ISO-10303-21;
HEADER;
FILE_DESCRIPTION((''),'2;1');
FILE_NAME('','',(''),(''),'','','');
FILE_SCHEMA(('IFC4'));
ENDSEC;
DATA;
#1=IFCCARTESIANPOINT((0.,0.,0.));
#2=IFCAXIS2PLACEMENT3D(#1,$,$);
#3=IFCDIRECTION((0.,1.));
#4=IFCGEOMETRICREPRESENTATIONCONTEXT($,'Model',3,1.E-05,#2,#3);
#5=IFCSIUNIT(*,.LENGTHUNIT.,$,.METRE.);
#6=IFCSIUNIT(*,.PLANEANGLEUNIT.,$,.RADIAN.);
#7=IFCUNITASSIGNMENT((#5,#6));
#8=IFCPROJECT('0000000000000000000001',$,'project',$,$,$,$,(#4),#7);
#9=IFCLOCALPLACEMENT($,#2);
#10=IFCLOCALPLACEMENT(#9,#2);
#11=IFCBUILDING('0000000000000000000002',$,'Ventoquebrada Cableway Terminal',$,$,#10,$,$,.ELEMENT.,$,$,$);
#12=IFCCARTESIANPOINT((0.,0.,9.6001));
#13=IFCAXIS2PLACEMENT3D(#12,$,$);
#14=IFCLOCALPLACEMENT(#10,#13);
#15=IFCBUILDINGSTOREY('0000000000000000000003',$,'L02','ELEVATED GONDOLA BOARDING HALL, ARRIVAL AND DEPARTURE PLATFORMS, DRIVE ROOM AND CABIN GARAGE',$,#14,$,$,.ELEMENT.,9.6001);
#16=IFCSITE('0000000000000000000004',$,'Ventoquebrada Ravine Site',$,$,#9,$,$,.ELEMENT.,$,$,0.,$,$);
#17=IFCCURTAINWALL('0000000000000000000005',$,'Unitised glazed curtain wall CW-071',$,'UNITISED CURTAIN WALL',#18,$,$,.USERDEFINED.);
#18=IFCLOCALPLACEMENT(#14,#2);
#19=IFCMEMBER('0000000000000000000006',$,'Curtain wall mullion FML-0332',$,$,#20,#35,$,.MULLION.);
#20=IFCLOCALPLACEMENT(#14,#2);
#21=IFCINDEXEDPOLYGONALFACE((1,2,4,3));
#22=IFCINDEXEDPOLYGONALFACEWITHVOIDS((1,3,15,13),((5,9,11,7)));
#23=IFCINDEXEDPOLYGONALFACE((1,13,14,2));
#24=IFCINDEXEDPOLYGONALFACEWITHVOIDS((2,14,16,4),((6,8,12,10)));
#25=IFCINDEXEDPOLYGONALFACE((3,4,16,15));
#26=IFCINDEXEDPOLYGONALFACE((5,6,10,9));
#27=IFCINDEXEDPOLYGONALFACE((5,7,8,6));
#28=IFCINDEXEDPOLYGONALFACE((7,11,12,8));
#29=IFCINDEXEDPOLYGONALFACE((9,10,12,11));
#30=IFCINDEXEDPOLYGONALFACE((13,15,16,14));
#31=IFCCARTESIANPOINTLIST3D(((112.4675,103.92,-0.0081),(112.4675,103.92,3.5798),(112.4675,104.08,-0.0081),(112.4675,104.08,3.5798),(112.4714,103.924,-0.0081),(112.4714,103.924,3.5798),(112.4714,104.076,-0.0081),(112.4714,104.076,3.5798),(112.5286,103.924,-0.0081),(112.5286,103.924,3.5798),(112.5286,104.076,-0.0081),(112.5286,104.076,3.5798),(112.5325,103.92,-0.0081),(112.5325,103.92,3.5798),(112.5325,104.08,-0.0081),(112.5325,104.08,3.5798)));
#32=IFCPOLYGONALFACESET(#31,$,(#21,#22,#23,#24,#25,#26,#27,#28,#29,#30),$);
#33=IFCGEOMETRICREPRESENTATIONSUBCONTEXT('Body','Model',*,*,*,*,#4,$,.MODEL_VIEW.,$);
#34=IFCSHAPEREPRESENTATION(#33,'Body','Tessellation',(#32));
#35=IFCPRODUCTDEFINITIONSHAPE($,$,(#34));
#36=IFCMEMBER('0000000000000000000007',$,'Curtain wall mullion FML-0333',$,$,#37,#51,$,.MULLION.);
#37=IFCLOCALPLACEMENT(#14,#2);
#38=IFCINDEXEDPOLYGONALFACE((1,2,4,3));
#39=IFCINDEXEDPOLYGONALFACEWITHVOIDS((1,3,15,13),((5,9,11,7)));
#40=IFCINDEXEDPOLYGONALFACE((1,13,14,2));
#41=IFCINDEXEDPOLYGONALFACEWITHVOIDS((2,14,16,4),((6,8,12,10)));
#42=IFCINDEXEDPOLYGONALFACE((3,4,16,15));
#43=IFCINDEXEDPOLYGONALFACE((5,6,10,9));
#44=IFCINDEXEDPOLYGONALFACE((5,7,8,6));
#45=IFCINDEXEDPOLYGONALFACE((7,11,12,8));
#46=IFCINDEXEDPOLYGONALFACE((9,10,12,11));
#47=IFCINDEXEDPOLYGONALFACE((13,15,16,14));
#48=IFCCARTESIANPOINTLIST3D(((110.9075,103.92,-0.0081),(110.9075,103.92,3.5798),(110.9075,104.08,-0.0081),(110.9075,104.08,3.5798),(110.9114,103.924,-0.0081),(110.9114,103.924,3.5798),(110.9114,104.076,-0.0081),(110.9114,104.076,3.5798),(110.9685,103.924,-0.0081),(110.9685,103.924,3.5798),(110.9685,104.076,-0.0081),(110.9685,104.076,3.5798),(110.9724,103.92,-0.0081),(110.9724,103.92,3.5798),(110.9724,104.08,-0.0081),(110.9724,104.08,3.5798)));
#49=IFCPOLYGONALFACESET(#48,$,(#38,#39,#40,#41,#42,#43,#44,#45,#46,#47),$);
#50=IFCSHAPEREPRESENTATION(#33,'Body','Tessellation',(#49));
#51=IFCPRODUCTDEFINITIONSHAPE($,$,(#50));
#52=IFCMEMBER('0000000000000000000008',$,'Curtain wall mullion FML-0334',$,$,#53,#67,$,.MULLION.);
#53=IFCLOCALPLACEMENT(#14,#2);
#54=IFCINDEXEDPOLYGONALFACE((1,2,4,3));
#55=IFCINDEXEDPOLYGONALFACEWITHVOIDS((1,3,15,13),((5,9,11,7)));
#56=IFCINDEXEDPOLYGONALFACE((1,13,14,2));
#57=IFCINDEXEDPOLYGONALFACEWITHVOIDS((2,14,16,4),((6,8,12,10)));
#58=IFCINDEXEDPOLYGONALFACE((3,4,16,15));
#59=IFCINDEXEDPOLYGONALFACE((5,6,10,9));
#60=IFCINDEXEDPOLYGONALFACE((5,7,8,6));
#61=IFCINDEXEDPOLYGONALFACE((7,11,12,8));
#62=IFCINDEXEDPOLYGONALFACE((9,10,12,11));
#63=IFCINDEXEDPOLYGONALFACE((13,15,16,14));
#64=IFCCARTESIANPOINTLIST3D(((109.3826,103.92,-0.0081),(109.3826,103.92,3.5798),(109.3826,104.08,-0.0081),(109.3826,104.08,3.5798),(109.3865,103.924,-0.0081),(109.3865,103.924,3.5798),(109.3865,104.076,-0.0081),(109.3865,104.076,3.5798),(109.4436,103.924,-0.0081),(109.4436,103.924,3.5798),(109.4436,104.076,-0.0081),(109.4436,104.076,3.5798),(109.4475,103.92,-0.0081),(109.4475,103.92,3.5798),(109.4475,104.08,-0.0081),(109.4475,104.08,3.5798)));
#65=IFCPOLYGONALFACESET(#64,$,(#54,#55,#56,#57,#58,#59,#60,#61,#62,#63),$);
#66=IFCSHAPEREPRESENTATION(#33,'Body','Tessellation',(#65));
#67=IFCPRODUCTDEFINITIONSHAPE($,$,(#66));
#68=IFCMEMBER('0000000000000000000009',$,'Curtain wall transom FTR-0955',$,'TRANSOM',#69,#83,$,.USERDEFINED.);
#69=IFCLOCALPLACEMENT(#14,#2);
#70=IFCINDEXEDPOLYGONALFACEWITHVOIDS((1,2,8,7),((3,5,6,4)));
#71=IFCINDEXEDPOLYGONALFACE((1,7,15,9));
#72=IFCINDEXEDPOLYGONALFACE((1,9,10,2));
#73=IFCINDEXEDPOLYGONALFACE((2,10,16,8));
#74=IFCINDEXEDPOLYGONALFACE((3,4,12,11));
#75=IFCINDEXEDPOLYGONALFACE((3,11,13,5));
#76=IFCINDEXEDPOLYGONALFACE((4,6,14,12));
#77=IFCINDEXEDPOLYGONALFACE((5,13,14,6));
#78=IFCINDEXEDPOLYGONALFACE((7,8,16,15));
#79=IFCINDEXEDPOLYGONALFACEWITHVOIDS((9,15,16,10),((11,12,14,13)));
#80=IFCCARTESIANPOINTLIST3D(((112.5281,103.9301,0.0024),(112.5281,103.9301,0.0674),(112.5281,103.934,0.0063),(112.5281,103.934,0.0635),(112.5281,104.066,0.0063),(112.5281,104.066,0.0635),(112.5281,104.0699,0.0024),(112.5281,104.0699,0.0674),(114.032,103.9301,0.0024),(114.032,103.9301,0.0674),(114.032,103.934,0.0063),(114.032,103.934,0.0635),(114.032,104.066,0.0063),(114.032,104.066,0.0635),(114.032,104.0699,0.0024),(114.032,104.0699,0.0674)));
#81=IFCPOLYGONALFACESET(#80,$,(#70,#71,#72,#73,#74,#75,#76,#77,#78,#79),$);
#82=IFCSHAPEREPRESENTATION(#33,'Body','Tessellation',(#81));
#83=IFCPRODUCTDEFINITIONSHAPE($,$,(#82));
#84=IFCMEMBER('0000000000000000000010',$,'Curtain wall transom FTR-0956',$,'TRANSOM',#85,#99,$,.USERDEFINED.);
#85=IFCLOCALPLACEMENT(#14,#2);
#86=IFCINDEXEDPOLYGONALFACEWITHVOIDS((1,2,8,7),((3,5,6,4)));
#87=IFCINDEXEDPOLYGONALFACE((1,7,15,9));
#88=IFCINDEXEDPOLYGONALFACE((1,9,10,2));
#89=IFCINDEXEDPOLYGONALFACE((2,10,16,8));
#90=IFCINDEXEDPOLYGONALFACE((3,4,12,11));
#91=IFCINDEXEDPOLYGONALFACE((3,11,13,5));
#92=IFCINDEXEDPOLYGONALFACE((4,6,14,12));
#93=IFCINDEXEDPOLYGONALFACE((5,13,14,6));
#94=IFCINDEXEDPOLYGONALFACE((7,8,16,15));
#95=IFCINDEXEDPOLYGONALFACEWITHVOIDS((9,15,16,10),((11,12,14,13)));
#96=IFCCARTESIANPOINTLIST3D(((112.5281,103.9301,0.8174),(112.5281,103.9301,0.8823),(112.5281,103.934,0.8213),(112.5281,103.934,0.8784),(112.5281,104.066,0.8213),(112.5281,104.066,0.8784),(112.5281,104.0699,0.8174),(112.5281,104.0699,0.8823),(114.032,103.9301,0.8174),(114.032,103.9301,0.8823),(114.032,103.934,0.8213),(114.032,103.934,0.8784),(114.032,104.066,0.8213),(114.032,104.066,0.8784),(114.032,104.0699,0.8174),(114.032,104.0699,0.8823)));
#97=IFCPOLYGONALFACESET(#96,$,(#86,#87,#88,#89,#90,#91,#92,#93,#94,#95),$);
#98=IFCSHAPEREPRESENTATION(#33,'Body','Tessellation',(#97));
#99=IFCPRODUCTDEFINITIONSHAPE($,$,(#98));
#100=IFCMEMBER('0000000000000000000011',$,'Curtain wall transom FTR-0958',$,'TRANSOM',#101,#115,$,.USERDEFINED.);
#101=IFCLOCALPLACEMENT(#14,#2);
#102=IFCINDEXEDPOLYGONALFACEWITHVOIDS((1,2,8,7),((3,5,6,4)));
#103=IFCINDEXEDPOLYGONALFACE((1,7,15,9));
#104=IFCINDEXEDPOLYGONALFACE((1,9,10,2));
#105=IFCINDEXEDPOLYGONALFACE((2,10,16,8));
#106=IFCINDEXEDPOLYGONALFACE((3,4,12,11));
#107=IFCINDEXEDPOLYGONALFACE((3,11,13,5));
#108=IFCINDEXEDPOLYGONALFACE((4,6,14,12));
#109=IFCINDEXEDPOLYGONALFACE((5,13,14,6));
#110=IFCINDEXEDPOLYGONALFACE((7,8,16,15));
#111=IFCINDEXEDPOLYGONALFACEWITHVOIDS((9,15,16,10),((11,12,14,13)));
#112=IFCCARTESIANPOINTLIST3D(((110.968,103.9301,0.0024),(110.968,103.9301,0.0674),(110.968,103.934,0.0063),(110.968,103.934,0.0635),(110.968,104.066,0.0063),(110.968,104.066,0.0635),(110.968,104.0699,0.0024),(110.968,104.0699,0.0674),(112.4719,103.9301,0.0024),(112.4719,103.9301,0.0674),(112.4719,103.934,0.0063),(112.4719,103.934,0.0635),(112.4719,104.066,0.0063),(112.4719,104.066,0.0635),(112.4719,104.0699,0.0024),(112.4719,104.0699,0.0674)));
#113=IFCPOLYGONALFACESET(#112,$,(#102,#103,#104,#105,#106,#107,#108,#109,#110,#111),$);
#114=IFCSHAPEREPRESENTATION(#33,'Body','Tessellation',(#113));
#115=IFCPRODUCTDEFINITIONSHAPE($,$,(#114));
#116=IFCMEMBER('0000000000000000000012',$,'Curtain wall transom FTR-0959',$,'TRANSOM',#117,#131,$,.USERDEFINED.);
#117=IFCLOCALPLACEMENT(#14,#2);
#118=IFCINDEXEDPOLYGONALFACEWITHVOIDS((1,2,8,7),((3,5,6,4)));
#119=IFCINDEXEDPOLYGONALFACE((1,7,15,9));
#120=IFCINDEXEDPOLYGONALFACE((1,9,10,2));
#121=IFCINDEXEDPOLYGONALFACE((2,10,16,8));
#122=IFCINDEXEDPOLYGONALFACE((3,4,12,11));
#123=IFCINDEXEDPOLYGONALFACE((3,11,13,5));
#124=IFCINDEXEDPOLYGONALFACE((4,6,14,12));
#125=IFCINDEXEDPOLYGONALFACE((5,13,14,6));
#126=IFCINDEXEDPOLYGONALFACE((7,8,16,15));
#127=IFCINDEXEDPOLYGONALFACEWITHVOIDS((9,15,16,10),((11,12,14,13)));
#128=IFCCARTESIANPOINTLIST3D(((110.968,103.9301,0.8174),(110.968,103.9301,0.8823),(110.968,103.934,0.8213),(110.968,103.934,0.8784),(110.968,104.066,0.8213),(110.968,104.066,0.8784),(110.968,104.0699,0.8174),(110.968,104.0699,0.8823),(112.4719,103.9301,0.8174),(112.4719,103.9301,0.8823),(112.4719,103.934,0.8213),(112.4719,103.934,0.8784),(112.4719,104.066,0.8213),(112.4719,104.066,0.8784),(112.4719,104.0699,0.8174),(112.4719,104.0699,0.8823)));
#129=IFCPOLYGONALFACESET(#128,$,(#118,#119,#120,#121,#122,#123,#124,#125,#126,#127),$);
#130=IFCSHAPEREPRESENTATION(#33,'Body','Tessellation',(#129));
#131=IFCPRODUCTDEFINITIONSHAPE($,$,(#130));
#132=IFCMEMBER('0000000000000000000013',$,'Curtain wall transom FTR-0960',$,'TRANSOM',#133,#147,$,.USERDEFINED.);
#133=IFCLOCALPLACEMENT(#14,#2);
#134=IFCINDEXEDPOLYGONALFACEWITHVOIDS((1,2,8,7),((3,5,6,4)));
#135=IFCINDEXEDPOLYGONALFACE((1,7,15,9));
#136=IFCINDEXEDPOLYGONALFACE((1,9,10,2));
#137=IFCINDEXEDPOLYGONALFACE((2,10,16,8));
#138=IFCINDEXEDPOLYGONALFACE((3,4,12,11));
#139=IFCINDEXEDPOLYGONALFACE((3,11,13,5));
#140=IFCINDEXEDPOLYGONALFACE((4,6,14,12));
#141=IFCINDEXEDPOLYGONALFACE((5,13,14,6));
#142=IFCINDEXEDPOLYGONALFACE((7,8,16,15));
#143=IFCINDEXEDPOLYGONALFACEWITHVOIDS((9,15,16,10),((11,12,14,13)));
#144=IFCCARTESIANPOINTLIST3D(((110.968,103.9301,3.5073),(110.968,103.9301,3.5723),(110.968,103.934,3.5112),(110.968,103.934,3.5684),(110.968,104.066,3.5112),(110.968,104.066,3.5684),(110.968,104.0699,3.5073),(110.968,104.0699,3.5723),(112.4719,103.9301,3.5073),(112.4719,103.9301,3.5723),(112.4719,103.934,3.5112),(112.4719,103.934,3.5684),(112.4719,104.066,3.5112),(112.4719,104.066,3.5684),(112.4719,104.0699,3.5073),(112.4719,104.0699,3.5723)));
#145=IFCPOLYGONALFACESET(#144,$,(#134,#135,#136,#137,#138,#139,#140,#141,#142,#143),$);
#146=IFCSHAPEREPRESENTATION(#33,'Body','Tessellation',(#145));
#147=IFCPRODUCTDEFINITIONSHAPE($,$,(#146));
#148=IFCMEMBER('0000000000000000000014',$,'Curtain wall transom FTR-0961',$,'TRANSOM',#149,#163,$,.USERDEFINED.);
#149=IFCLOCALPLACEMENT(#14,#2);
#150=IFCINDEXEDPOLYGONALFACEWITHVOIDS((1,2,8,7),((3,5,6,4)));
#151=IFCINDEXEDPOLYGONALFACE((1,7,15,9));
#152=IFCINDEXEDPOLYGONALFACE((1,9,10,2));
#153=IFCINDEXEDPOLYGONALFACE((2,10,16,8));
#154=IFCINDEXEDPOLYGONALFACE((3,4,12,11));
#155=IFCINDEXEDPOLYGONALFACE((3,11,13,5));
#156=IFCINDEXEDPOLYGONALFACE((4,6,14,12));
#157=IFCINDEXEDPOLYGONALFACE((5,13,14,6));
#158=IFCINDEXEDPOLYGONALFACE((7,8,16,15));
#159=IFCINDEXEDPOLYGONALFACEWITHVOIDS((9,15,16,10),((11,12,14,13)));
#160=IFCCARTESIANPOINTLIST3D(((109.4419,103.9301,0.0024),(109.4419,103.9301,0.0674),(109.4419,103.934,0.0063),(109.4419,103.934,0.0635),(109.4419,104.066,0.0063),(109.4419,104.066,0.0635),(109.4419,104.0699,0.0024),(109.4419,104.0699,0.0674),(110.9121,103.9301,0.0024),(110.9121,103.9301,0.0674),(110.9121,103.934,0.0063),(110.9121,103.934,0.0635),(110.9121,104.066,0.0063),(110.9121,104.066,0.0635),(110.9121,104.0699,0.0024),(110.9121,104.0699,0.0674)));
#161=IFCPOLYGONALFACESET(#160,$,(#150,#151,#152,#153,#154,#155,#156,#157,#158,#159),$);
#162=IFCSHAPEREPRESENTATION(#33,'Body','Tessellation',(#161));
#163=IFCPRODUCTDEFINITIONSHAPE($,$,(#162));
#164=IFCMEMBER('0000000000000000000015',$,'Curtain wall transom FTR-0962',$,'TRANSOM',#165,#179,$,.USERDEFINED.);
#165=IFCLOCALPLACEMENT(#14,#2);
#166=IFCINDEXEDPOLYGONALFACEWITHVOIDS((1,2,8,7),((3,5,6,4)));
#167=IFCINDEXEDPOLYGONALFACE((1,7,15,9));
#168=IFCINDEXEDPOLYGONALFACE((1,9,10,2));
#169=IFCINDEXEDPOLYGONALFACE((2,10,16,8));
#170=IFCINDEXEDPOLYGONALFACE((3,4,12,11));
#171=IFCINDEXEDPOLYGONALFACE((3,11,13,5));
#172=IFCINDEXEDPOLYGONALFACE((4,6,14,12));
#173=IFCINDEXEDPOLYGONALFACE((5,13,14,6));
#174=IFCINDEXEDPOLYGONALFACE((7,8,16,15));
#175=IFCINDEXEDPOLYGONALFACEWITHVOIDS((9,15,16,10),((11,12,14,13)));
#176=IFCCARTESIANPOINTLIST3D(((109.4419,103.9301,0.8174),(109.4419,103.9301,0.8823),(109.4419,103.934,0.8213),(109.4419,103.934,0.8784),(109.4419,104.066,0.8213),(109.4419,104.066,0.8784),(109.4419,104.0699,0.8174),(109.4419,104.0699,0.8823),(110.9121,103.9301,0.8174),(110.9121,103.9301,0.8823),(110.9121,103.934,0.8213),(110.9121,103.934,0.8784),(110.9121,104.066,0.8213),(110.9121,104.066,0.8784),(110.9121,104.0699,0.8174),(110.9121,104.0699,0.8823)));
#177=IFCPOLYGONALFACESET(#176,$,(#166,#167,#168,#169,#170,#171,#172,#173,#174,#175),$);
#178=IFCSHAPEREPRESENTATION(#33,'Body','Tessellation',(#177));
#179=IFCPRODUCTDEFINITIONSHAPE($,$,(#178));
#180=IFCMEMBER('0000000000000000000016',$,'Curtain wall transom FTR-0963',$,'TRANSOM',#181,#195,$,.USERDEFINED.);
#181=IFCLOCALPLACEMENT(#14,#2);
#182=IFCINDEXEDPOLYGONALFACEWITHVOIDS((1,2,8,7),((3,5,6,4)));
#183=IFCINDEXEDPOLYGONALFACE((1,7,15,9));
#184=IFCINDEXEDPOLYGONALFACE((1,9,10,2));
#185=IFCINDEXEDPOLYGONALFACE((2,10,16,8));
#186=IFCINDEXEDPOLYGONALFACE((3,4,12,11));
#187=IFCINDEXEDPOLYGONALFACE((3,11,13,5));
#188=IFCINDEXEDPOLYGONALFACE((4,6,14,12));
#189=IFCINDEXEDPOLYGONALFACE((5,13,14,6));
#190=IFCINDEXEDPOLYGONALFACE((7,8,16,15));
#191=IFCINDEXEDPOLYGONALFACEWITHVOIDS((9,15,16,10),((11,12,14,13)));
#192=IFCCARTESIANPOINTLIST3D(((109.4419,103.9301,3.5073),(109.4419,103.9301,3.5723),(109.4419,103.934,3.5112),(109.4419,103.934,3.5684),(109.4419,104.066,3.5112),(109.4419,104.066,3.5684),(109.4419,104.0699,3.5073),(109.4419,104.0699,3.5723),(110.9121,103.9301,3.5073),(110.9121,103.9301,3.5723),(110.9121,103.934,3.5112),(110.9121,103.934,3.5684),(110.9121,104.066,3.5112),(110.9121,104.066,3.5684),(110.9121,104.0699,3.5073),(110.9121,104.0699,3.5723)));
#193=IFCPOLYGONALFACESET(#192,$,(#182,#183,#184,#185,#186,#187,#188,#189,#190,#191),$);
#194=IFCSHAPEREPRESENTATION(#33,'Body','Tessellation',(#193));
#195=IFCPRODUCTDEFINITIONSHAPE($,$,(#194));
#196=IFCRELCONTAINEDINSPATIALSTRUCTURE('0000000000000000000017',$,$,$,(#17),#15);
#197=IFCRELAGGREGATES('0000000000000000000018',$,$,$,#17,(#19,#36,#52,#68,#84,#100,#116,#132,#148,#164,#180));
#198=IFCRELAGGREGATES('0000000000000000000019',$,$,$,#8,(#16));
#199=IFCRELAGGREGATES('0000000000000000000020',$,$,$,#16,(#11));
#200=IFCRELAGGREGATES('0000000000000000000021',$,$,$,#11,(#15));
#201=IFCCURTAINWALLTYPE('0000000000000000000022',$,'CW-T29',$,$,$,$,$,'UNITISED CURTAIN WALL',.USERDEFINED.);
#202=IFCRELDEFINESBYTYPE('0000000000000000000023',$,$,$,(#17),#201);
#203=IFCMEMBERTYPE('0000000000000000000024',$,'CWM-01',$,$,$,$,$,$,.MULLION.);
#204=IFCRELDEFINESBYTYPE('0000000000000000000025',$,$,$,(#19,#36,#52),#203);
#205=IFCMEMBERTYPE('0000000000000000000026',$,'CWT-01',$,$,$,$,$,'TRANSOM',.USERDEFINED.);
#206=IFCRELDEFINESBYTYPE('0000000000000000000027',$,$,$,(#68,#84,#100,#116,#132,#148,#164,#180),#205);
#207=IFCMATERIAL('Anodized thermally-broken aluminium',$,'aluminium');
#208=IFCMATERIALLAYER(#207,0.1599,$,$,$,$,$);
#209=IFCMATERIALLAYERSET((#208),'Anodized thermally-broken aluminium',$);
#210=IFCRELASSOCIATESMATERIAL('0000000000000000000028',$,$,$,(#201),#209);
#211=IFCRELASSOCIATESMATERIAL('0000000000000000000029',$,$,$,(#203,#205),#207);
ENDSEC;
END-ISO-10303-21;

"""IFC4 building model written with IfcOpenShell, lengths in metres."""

from ifc_helpers import new_model, si_unit, direction, frame, origin, origin_2d, place, context, subcontext, project, spatial, hollow_rectangle, extrude, material, layer, layer_set, material_profile, profile_set, type_object, element, aggregate, save


model = new_model("IFC4")

# Units and contexts
model_context = context("Model", 3, precision=1e-05, world=origin(), true_north=direction((0.0, 1.0)))
body_context = subcontext(model_context, "Body", "Model", "MODEL_VIEW")
ifc_project = project(units=[si_unit("LENGTHUNIT", "METRE"), si_unit("PLANEANGLEUNIT", "RADIAN")], contexts=[model_context])

# Site, building, storey
site_placement = place(None, origin())
site = spatial("IfcSite", under=ifc_project, at=site_placement, Name="Ventoquebrada Ravine Site", CompositionType="ELEMENT", RefElevation=0.0)
building_placement = place(site_placement, origin())
building = spatial("IfcBuilding", under=site, at=building_placement, Name="Ventoquebrada Cableway Terminal", CompositionType="ELEMENT")
storey_placement = place(building_placement, frame((0.0, 0.0, 9.6001)))
storey = spatial("IfcBuildingStorey", under=building, at=storey_placement, Name="L02", Description="ELEVATED GONDOLA BOARDING HALL, ARRIVAL AND DEPARTURE PLATFORMS, DRIVE ROOM AND CABIN GARAGE", CompositionType="ELEMENT", Elevation=9.6001)

# Curtain wall, members
ifc_material_1 = material(Name="Anodized thermally-broken aluminium", Category="aluminium")
ifc_layer_1 = layer(ifc_material_1, 0.1599)
ifc_layer_set_1 = layer_set([ifc_layer_1], Name="Anodized thermally-broken aluminium")
curtain_wall_type = type_object("IfcCurtainWallType", Name="CW-T29", ElementType="UNITISED CURTAIN WALL", PredefinedType="USERDEFINED", material=ifc_layer_set_1)
curtain_wall_placement = place(storey_placement, origin())
curtain_wall = element("IfcCurtainWall", 1, at=curtain_wall_placement, inside=storey, type_object=curtain_wall_type, Name="Unitised glazed curtain wall CW-071", ObjectType="UNITISED CURTAIN WALL", PredefinedType="USERDEFINED")
ifc_material_profile_1 = material_profile(ifc_material_1, hollow_rectangle(XDim=0.0649, YDim=0.1599, WallThickness=0.0039, at=origin_2d()), Name="CW-MUL-65X160")
ifc_profile_set_1 = profile_set([ifc_material_profile_1], Name="Anodized thermally-broken aluminium")
member_type_1 = type_object("IfcMemberType", Name="CWM-01", PredefinedType="MULLION", material=ifc_profile_set_1)
member_1_placement = place(storey_placement, frame((112.5, 104.0, -0.0081), z_axis=(0.0, 0.0, 1.0), x_axis=(-1.0, 0.0, 0.0)))
member_1 = element("IfcMember", 2, at=member_1_placement, type_object=member_type_1, Name="Curtain wall mullion FML-0332", PredefinedType="MULLION", context=body_context, shape_type="SweptSolid", body=[
    extrude(hollow_rectangle(XDim=0.0649, YDim=0.1599, WallThickness=0.0039, at=origin_2d()), origin(), (0.0, 0.0, 1.0), 3.5879),
])
member_2_placement = place(storey_placement, frame((110.9399, 104.0, -0.0081), z_axis=(0.0, 0.0, 1.0), x_axis=(-1.0, 0.0, 0.0)))
member_2 = element("IfcMember", 3, at=member_2_placement, type_object=member_type_1, Name="Curtain wall mullion FML-0333", PredefinedType="MULLION", context=body_context, shape_type="SweptSolid", body=[
    extrude(hollow_rectangle(XDim=0.0649, YDim=0.1599, WallThickness=0.0039, at=origin_2d()), origin(), (0.0, 0.0, 1.0), 3.5879),
])
member_3_placement = place(storey_placement, frame((109.415, 104.0, -0.0081), z_axis=(0.0, 0.0, 1.0), x_axis=(-1.0, 0.0, 0.0)))
member_3 = element("IfcMember", 4, at=member_3_placement, type_object=member_type_1, Name="Curtain wall mullion FML-0334", PredefinedType="MULLION", context=body_context, shape_type="SweptSolid", body=[
    extrude(hollow_rectangle(XDim=0.0649, YDim=0.1599, WallThickness=0.0039, at=origin_2d()), origin(), (0.0, 0.0, 1.0), 3.5879),
])
ifc_material_profile_2 = material_profile(ifc_material_1, hollow_rectangle(XDim=0.0649, YDim=0.1399, WallThickness=0.0039, at=origin_2d()), Name="CW-TRN-65X140")
ifc_profile_set_2 = profile_set([ifc_material_profile_2], Name="Anodized thermally-broken aluminium")
member_type_2 = type_object("IfcMemberType", Name="CWT-01", ElementType="TRANSOM", PredefinedType="USERDEFINED", material=ifc_profile_set_2)
member_4_placement = place(storey_placement, frame((114.032, 104.0, 0.0349), z_axis=(-1.0, 0.0, 0.0), x_axis=(0.0, 0.0, 1.0)))
member_4 = element("IfcMember", 5, at=member_4_placement, type_object=member_type_2, Name="Curtain wall transom FTR-0955", ObjectType="TRANSOM", PredefinedType="USERDEFINED", context=body_context, shape_type="SweptSolid", body=[
    extrude(hollow_rectangle(XDim=0.0649, YDim=0.1399, WallThickness=0.0039, at=origin_2d()), origin(), (0.0, 0.0, 1.0), 1.5039),
])
member_5_placement = place(storey_placement, frame((114.032, 104.0, 0.8499), z_axis=(-1.0, 0.0, 0.0), x_axis=(0.0, 0.0, 1.0)))
member_5 = element("IfcMember", 6, at=member_5_placement, type_object=member_type_2, Name="Curtain wall transom FTR-0956", ObjectType="TRANSOM", PredefinedType="USERDEFINED", context=body_context, shape_type="SweptSolid", body=[
    extrude(hollow_rectangle(XDim=0.0649, YDim=0.1399, WallThickness=0.0039, at=origin_2d()), origin(), (0.0, 0.0, 1.0), 1.5039),
])
member_6_placement = place(storey_placement, frame((112.4719, 104.0, 0.0349), z_axis=(-1.0, 0.0, 0.0), x_axis=(0.0, 0.0, 1.0)))
member_6 = element("IfcMember", 7, at=member_6_placement, type_object=member_type_2, Name="Curtain wall transom FTR-0958", ObjectType="TRANSOM", PredefinedType="USERDEFINED", context=body_context, shape_type="SweptSolid", body=[
    extrude(hollow_rectangle(XDim=0.0649, YDim=0.1399, WallThickness=0.0039, at=origin_2d()), origin(), (0.0, 0.0, 1.0), 1.5039),
])
member_7_placement = place(storey_placement, frame((112.4719, 104.0, 0.8499), z_axis=(-1.0, 0.0, 0.0), x_axis=(0.0, 0.0, 1.0)))
member_7 = element("IfcMember", 8, at=member_7_placement, type_object=member_type_2, Name="Curtain wall transom FTR-0959", ObjectType="TRANSOM", PredefinedType="USERDEFINED", context=body_context, shape_type="SweptSolid", body=[
    extrude(hollow_rectangle(XDim=0.0649, YDim=0.1399, WallThickness=0.0039, at=origin_2d()), origin(), (0.0, 0.0, 1.0), 1.5039),
])
member_8_placement = place(storey_placement, frame((112.4719, 104.0, 3.5398), z_axis=(-1.0, 0.0, 0.0), x_axis=(0.0, 0.0, 1.0)))
member_8 = element("IfcMember", 9, at=member_8_placement, type_object=member_type_2, Name="Curtain wall transom FTR-0960", ObjectType="TRANSOM", PredefinedType="USERDEFINED", context=body_context, shape_type="SweptSolid", body=[
    extrude(hollow_rectangle(XDim=0.0649, YDim=0.1399, WallThickness=0.0039, at=origin_2d()), origin(), (0.0, 0.0, 1.0), 1.5039),
])
member_9_placement = place(storey_placement, frame((110.9121, 104.0, 0.0349), z_axis=(-1.0, 0.0, 0.0), x_axis=(0.0, 0.0, 1.0)))
member_9 = element("IfcMember", 10, at=member_9_placement, type_object=member_type_2, Name="Curtain wall transom FTR-0961", ObjectType="TRANSOM", PredefinedType="USERDEFINED", context=body_context, shape_type="SweptSolid", body=[
    extrude(hollow_rectangle(XDim=0.0649, YDim=0.1399, WallThickness=0.0039, at=origin_2d()), origin(), (0.0, 0.0, 1.0), 1.4702),
])
member_10_placement = place(storey_placement, frame((110.9121, 104.0, 0.8499), z_axis=(-1.0, 0.0, 0.0), x_axis=(0.0, 0.0, 1.0)))
member_10 = element("IfcMember", 11, at=member_10_placement, type_object=member_type_2, Name="Curtain wall transom FTR-0962", ObjectType="TRANSOM", PredefinedType="USERDEFINED", context=body_context, shape_type="SweptSolid", body=[
    extrude(hollow_rectangle(XDim=0.0649, YDim=0.1399, WallThickness=0.0039, at=origin_2d()), origin(), (0.0, 0.0, 1.0), 1.4702),
])
member_11_placement = place(storey_placement, frame((110.9121, 104.0, 3.5398), z_axis=(-1.0, 0.0, 0.0), x_axis=(0.0, 0.0, 1.0)))
member_11 = element("IfcMember", 12, at=member_11_placement, type_object=member_type_2, Name="Curtain wall transom FTR-0963", ObjectType="TRANSOM", PredefinedType="USERDEFINED", context=body_context, shape_type="SweptSolid", body=[
    extrude(hollow_rectangle(XDim=0.0649, YDim=0.1399, WallThickness=0.0039, at=origin_2d()), origin(), (0.0, 0.0, 1.0), 1.4702),
])
aggregate(curtain_wall, [member_1, member_2, member_3, member_4, member_5, member_6, member_7, member_8, member_9, member_10, member_11])

save(model, "model.ifc")
